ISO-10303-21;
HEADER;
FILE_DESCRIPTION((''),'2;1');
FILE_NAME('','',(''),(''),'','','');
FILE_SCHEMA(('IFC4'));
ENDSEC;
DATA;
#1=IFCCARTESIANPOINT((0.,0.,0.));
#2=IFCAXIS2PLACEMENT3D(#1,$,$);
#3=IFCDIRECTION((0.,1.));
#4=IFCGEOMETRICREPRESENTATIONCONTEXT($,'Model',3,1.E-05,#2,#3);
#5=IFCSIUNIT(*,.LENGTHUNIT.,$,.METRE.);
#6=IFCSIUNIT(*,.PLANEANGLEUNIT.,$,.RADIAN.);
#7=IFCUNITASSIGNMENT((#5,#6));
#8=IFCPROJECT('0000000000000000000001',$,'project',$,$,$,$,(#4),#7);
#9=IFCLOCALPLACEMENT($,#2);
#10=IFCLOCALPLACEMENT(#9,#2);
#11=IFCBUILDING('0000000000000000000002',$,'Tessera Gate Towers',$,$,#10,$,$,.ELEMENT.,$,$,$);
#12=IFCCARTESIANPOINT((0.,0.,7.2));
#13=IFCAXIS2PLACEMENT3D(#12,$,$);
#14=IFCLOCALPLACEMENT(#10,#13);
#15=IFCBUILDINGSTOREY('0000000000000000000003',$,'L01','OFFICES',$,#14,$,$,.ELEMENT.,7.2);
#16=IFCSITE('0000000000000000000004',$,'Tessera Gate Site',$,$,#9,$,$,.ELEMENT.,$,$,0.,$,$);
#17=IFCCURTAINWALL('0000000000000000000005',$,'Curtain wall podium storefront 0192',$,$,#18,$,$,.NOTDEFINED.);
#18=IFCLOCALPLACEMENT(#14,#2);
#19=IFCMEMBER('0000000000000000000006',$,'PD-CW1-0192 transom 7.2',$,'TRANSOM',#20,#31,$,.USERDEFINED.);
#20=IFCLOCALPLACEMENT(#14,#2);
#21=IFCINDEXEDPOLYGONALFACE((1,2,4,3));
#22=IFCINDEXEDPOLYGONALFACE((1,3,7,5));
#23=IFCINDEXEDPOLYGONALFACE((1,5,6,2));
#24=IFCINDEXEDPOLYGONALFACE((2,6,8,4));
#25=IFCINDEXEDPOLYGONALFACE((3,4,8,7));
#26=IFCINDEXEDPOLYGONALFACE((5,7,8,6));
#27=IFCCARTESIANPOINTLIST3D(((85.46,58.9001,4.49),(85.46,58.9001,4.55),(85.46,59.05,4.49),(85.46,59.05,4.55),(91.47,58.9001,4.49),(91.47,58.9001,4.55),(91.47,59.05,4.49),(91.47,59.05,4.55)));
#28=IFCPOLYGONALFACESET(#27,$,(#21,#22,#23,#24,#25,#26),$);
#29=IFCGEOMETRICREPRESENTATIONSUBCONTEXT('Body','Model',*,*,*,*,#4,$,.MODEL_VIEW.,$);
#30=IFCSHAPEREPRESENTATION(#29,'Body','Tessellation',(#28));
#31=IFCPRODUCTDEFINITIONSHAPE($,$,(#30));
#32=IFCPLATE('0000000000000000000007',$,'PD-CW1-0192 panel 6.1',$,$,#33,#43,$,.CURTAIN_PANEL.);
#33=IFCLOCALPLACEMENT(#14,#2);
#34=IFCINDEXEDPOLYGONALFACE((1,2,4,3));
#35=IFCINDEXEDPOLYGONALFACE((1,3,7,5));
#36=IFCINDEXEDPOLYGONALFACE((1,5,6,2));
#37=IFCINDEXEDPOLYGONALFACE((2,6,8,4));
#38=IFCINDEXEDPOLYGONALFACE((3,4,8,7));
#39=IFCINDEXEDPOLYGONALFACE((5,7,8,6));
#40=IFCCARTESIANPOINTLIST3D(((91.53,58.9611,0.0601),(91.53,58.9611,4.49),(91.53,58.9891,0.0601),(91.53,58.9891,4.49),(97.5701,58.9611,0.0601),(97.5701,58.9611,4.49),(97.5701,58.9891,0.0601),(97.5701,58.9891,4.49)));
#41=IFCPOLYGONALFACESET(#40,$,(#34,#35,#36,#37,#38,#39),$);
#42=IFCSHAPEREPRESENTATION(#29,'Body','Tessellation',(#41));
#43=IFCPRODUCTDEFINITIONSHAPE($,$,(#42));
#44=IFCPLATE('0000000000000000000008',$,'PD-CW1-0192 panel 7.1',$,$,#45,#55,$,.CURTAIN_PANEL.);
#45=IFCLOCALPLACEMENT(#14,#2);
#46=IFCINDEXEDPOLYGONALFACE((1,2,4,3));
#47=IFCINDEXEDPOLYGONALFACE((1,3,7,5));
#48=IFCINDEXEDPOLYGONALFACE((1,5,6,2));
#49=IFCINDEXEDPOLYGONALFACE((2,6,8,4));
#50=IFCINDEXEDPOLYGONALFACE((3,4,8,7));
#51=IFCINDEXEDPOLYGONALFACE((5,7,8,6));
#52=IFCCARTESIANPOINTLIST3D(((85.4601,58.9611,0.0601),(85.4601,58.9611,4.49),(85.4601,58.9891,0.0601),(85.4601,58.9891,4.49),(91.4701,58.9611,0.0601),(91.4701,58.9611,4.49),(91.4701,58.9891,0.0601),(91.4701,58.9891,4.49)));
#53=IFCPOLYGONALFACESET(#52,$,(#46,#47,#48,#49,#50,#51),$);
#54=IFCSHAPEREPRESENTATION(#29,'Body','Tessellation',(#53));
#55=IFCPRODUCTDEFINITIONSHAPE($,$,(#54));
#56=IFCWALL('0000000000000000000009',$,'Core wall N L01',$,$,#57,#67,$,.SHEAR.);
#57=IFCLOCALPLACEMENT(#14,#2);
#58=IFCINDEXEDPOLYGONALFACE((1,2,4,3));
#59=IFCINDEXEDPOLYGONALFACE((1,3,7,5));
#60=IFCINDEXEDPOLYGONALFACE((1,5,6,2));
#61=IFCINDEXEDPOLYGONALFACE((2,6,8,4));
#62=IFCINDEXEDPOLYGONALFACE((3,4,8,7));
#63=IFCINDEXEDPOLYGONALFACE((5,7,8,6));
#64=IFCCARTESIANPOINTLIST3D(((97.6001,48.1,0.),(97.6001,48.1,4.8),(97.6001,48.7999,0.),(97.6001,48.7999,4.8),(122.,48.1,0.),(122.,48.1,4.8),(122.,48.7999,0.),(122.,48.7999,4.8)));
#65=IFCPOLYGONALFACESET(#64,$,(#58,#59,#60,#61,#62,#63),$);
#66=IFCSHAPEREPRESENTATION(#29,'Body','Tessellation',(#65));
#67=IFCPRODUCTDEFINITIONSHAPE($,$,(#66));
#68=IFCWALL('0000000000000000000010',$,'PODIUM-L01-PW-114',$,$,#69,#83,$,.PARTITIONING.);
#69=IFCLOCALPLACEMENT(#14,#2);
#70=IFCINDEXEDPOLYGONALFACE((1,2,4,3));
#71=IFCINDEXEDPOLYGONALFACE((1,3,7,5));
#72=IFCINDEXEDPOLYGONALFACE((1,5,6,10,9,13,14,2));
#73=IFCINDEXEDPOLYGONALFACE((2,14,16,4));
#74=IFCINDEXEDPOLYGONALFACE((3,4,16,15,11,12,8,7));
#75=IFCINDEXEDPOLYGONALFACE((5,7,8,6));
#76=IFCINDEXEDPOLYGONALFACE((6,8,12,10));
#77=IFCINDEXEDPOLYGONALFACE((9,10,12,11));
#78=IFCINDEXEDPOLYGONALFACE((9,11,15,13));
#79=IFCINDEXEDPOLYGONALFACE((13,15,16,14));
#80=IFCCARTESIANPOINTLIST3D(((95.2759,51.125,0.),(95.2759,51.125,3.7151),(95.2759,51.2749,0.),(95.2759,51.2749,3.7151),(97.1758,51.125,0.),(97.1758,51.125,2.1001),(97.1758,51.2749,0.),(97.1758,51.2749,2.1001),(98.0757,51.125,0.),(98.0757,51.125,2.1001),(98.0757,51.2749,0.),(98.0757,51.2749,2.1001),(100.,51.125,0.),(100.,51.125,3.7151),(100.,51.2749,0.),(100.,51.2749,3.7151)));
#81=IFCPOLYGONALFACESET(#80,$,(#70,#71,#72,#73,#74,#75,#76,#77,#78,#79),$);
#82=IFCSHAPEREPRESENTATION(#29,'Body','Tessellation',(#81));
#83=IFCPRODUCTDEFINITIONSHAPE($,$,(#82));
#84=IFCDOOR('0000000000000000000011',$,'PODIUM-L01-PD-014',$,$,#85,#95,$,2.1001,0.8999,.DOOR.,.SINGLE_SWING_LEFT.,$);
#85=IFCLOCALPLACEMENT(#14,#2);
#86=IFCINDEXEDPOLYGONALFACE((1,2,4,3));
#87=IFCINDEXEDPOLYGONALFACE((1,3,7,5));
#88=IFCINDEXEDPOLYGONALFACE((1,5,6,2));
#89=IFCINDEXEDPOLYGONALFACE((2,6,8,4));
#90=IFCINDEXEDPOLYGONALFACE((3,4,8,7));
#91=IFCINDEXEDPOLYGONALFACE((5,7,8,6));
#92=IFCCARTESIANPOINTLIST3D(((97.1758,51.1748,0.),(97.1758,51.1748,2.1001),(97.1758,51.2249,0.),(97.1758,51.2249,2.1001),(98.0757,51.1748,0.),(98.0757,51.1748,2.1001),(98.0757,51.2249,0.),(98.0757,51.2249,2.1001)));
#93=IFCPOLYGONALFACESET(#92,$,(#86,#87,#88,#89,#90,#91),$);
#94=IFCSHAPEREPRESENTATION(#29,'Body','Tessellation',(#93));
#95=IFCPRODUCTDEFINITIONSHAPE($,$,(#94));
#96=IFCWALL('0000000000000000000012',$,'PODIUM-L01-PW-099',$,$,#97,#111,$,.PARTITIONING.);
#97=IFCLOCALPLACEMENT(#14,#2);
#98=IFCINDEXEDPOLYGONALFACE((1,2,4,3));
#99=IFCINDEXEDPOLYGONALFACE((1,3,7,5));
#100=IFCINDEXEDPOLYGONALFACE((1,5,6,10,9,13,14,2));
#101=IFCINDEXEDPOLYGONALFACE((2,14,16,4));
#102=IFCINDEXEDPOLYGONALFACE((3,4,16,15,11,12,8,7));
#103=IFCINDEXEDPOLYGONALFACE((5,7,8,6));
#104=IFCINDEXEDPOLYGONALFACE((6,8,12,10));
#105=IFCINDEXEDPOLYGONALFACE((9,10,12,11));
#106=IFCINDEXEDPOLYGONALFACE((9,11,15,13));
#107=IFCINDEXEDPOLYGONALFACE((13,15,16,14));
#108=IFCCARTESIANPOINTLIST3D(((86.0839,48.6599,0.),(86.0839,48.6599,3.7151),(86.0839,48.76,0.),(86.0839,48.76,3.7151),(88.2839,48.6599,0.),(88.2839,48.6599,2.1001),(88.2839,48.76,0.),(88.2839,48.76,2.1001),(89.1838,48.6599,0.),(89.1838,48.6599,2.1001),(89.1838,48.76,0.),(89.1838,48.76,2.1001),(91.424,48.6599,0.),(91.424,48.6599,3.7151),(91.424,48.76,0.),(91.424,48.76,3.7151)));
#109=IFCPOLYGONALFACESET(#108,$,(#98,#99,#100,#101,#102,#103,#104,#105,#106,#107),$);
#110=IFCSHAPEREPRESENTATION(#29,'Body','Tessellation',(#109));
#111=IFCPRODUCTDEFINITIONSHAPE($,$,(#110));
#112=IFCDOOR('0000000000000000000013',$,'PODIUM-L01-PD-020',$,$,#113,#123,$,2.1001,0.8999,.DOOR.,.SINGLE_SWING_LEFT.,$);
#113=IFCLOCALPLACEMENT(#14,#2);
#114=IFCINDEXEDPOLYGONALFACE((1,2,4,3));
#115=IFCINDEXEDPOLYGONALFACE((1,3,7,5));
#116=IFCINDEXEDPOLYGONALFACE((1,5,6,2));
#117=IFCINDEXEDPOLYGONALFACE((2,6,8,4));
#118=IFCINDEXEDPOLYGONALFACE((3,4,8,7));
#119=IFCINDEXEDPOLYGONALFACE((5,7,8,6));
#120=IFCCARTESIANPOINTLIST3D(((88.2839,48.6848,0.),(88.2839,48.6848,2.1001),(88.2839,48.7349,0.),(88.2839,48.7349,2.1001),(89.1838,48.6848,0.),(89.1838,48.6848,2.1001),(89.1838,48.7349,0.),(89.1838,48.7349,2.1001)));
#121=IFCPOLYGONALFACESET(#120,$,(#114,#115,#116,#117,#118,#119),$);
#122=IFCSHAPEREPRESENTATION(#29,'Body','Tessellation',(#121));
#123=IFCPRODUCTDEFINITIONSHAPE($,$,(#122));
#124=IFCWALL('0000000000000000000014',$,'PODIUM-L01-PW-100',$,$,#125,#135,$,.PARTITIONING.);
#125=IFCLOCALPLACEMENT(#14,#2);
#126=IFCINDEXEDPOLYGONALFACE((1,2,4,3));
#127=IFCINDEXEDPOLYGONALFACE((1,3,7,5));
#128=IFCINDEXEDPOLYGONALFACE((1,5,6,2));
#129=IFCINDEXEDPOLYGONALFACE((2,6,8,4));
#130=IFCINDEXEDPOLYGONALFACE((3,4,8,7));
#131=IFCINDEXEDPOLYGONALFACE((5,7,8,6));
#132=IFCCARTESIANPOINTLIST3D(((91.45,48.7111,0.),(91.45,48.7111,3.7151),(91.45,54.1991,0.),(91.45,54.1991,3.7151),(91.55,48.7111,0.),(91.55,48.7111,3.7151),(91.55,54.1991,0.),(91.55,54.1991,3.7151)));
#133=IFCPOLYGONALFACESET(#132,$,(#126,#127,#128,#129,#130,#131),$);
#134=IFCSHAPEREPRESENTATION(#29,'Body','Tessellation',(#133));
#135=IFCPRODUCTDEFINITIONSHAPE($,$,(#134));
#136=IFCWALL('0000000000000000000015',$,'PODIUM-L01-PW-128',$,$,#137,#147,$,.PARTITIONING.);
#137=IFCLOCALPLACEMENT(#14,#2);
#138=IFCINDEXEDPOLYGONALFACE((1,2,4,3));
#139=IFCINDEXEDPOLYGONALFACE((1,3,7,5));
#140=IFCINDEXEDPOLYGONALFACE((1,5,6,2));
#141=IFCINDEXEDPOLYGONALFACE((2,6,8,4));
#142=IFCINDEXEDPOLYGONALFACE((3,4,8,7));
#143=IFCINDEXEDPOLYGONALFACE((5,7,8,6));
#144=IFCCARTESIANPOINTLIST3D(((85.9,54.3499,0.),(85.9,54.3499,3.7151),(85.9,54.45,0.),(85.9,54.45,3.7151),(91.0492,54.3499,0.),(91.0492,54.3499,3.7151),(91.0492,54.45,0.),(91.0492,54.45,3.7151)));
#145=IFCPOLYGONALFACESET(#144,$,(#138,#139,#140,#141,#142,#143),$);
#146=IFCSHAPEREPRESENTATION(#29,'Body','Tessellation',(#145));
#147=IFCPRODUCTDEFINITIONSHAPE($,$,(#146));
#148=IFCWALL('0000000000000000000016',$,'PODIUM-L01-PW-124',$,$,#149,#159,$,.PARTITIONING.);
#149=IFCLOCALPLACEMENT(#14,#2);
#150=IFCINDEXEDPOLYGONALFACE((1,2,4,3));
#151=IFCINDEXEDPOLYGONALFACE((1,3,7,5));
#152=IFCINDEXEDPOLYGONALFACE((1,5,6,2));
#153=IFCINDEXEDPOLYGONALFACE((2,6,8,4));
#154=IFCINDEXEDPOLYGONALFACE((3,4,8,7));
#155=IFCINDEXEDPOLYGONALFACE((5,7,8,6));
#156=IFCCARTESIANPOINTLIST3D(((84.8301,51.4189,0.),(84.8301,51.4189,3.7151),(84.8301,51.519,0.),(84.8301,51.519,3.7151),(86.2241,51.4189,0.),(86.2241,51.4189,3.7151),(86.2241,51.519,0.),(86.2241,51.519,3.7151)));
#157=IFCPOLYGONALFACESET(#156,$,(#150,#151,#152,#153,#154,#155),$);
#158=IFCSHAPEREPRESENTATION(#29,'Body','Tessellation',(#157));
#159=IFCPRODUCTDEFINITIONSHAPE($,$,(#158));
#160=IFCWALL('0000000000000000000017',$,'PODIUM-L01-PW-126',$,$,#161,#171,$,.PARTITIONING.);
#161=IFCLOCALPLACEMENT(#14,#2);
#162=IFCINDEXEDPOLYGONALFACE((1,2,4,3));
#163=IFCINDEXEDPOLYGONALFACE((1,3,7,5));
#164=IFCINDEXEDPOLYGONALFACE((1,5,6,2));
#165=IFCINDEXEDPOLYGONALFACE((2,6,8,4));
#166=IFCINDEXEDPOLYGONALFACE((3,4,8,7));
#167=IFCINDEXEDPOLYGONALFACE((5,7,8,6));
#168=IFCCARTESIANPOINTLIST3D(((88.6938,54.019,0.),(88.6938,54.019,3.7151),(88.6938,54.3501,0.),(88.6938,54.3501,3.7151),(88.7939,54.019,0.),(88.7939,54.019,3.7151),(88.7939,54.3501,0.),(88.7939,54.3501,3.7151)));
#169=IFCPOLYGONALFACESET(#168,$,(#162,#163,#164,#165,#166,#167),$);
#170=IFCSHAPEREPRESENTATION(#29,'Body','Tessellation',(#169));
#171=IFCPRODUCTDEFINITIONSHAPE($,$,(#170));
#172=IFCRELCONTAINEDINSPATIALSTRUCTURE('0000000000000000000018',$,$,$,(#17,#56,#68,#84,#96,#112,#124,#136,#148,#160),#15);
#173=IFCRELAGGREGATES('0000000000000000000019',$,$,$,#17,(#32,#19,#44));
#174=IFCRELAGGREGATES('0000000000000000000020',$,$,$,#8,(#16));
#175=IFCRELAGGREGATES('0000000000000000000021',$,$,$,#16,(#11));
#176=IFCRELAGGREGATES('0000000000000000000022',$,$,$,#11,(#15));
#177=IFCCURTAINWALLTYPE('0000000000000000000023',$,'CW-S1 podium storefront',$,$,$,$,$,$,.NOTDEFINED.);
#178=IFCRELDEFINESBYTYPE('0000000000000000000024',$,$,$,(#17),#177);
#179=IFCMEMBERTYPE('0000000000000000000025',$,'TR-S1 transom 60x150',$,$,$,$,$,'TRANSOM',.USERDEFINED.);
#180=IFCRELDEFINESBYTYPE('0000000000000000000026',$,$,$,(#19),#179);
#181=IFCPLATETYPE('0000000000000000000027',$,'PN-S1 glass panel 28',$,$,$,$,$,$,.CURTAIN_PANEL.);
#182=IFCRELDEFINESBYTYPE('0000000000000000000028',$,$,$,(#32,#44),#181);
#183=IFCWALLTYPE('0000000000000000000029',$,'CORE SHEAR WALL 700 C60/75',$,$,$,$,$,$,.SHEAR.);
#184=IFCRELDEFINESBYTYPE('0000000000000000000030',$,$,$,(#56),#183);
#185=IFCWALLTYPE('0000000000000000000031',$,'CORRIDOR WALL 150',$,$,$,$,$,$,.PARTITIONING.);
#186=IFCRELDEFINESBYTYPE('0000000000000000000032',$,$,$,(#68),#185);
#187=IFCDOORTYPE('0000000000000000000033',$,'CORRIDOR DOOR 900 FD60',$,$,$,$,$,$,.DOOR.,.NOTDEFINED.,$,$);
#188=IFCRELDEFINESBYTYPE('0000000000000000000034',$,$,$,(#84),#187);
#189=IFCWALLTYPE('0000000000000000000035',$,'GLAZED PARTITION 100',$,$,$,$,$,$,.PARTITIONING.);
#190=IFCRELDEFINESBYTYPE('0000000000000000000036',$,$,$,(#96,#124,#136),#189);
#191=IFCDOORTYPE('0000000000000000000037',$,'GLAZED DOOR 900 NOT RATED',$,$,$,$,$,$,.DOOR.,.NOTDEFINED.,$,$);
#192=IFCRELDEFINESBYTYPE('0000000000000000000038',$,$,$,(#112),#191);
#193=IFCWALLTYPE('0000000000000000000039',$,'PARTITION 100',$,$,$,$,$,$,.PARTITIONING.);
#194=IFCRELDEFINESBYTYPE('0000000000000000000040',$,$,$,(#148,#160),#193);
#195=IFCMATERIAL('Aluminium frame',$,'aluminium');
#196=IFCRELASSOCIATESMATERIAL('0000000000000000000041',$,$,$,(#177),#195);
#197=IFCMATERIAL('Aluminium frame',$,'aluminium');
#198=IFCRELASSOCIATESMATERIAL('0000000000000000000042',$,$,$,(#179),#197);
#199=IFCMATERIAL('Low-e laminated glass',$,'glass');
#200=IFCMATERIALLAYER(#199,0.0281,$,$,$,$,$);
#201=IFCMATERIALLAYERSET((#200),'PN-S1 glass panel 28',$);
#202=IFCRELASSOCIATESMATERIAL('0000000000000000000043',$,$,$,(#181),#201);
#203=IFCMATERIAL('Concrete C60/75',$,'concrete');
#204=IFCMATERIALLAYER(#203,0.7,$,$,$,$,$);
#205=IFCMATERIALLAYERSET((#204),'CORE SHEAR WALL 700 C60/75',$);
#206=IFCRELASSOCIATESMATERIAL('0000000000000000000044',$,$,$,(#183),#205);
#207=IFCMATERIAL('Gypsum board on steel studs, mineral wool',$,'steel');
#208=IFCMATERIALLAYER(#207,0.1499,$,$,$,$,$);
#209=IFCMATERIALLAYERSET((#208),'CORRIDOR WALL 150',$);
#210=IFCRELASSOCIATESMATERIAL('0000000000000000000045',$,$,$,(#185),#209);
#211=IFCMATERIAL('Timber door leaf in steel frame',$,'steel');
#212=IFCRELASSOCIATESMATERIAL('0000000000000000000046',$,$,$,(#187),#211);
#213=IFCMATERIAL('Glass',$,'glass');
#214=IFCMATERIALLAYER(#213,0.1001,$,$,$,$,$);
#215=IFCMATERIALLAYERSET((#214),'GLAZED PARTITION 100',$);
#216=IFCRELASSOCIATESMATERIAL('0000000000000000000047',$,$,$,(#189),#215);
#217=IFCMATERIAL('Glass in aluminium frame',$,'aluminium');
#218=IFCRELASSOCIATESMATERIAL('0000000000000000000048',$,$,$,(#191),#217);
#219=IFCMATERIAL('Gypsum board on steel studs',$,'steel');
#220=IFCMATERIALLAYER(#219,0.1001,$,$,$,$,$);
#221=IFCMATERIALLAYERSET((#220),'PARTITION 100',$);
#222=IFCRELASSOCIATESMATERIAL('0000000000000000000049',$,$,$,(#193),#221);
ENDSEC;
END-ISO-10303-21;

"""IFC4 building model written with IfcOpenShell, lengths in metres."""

from ifc_helpers import new_model, si_unit, direction, frame, frame_2d, origin, origin_2d, place, context, subcontext, project, spatial, rectangle, extrude, source, transform, mapped, material, layer, layer_set, material_profile, profile_set, type_object, element, fill, aggregate, save


model = new_model("IFC4")

# Units and contexts
model_context = context("Model", 3, precision=1e-05, world=origin(), true_north=direction((0.0, 1.0)))
body_context = subcontext(model_context, "Body", "Model", "MODEL_VIEW")
ifc_project = project(units=[si_unit("LENGTHUNIT", "METRE"), si_unit("PLANEANGLEUNIT", "RADIAN")], contexts=[model_context])

# Site, building, storey
site_placement = place(None, origin())
site = spatial("IfcSite", under=ifc_project, at=site_placement, Name="Tessera Gate Site", CompositionType="ELEMENT", RefElevation=0.0)
building_placement = place(site_placement, origin())
building = spatial("IfcBuilding", under=site, at=building_placement, Name="Tessera Gate Towers", CompositionType="ELEMENT")
storey_placement = place(building_placement, frame((0.0, 0.0, 7.2)))
storey = spatial("IfcBuildingStorey", under=building, at=storey_placement, Name="L01", Description="OFFICES", CompositionType="ELEMENT", Elevation=7.2)

# Curtain wall, member, plates
ifc_material_1 = material(Name="Aluminium frame", Category="aluminium")
curtain_wall_type = type_object("IfcCurtainWallType", Name="CW-S1 podium storefront", PredefinedType="NOTDEFINED", material=ifc_material_1)
curtain_wall_placement = place(storey_placement, origin())
curtain_wall = element("IfcCurtainWall", 1, at=curtain_wall_placement, inside=storey, type_object=curtain_wall_type, Name="Curtain wall podium storefront 0192", PredefinedType="NOTDEFINED")
ifc_material_2 = material(Name="Aluminium frame", Category="aluminium")
ifc_material_profile_1 = material_profile(ifc_material_2, rectangle(XDim=0.1499, YDim=0.0601, at=origin_2d()), Name="AL 60x150")
ifc_profile_set_1 = profile_set([ifc_material_profile_1], Name="Aluminium frame")
member_type_1 = type_object("IfcMemberType", Name="TR-S1 transom 60x150", ElementType="TRANSOM", PredefinedType="USERDEFINED", material=ifc_profile_set_1)
member_1_placement = place(storey_placement, frame((91.47, 58.9751, 4.52), z_axis=(-1.0, 0.0, 0.0), x_axis=(0.0, -1.0, 0.0)))
member_1 = element("IfcMember", 2, at=member_1_placement, type_object=member_type_1, Name="PD-CW1-0192 transom 7.2", ObjectType="TRANSOM", PredefinedType="USERDEFINED", context=body_context, shape_type="SweptSolid", body=[
    extrude(rectangle(XDim=0.1499, YDim=0.0601, at=origin_2d()), origin(), (0.0, 0.0, 1.0), 6.01),
])
ifc_material_3 = material(Name="Low-e laminated glass", Category="glass")
ifc_layer_1 = layer(ifc_material_3, 0.0281)
ifc_layer_set_1 = layer_set([ifc_layer_1], Name="PN-S1 glass panel 28")
plate_type = type_object("IfcPlateType", Name="PN-S1 glass panel 28", PredefinedType="CURTAIN_PANEL", material=ifc_layer_set_1)
plate_1_placement = place(storey_placement, frame((94.55, 58.9751, 0.0601), z_axis=(0.0, 0.0, 1.0), x_axis=(-1.0, 0.0, 0.0)))
plate_1 = element("IfcPlate", 3, at=plate_1_placement, type_object=plate_type, Name="PD-CW1-0192 panel 6.1", PredefinedType="CURTAIN_PANEL", context=body_context, shape_type="SweptSolid", body=[
    extrude(rectangle(XDim=6.04, YDim=0.0281, at=origin_2d()), origin(), (0.0, 0.0, 1.0), 4.4299),
])
plate_2_placement = place(storey_placement, frame((88.4651, 58.9751, 0.0601), z_axis=(0.0, 0.0, 1.0), x_axis=(-1.0, 0.0, 0.0)))
plate_2 = element("IfcPlate", 4, at=plate_2_placement, type_object=plate_type, Name="PD-CW1-0192 panel 7.1", PredefinedType="CURTAIN_PANEL", context=body_context, shape_type="SweptSolid", body=[
    extrude(rectangle(XDim=6.01, YDim=0.0281, at=origin_2d()), origin(), (0.0, 0.0, 1.0), 4.4299),
])
aggregate(curtain_wall, [plate_1, member_1, plate_2])

# Wall
ifc_material_4 = material(Name="Concrete C60/75", Category="concrete")
ifc_layer_2 = layer(ifc_material_4, 0.7)
ifc_layer_set_2 = layer_set([ifc_layer_2], Name="CORE SHEAR WALL 700 C60/75")
wall_type_1 = type_object("IfcWallType", Name="CORE SHEAR WALL 700 C60/75", PredefinedType="SHEAR", material=ifc_layer_set_2)
wall_1_placement = place(storey_placement, frame((97.6001, 48.45, 0.0), z_axis=(0.0, 0.0, 1.0), x_axis=(1.0, 0.0, 0.0)))
element("IfcWall", 5, at=wall_1_placement, inside=storey, type_object=wall_type_1, Name="Core wall N L01", PredefinedType="SHEAR", context=body_context, shape_type="SweptSolid", body=[
    extrude(rectangle(XDim=24.3999, YDim=0.7, at=frame_2d((12.2, 0.0))), origin(), (0.0, 0.0, 1.0), 4.8),
])

# Walls, openings, doors
ifc_material_5 = material(Name="Gypsum board on steel studs, mineral wool", Category="steel")
ifc_layer_3 = layer(ifc_material_5, 0.1499)
ifc_layer_set_3 = layer_set([ifc_layer_3], Name="CORRIDOR WALL 150")
wall_type_2 = type_object("IfcWallType", Name="CORRIDOR WALL 150", PredefinedType="PARTITIONING", material=ifc_layer_set_3)
wall_2_placement = place(storey_placement, frame((95.2759, 51.2, 0.0), z_axis=(0.0, 0.0, 1.0), x_axis=(1.0, 0.0, 0.0)))
wall_2 = element("IfcWall", 6, at=wall_2_placement, inside=storey, type_object=wall_type_2, Name="PODIUM-L01-PW-114", PredefinedType="PARTITIONING", context=body_context, shape_type="SweptSolid", body=[
    extrude(rectangle(XDim=4.7241, YDim=0.1499, at=frame_2d((2.3621, 0.0))), origin(), (0.0, 0.0, 1.0), 3.7151),
])
shared_shape_1 = source(origin(), body_context, "Body", "SweptSolid", [
    extrude(rectangle(XDim=0.8999, YDim=2.1001, at=frame_2d((0.45, 1.05))), frame((0.0, 0.085, 0.0), z_axis=(0.0, -1.0, 0.0), x_axis=(1.0, 0.0, 0.0)), (0.0, 0.0, 1.0), 0.1699),
])
opening_1_placement = place(wall_2_placement, frame((1.8999, 0.0, 0.0)))
opening_1 = element("IfcOpeningElement", 7, at=opening_1_placement, cuts=wall_2, PredefinedType="OPENING", context=body_context, shape_type="MappedRepresentation", body=[
    mapped(shared_shape_1, transform((0.0, 0.0, 0.0), scale=1.0)),
])
ifc_material_6 = material(Name="Timber door leaf in steel frame", Category="steel")
door_type_1 = type_object("IfcDoorType", Name="CORRIDOR DOOR 900 FD60", OperationType="NOTDEFINED", PredefinedType="DOOR", material=ifc_material_6)
shared_shape_2 = source(origin(), body_context, "Body", "SweptSolid", [
    extrude(rectangle(XDim=0.8999, YDim=2.1001, at=frame_2d((0.45, 1.05))), frame((0.0, 0.0249, 0.0), z_axis=(0.0, -1.0, 0.0), x_axis=(1.0, 0.0, 0.0)), (0.0, 0.0, 1.0), 0.05),
])
door_1_placement = place(opening_1_placement, origin())
door_1 = element("IfcDoor", 8, at=door_1_placement, inside=storey, type_object=door_type_1, Name="PODIUM-L01-PD-014", OperationType="SINGLE_SWING_LEFT", OverallHeight=2.1001, OverallWidth=0.8999, PredefinedType="DOOR", context=body_context, shape_type="MappedRepresentation", body=[
    mapped(shared_shape_2, transform((0.0, 0.0, 0.0), scale=1.0)),
])
fill(opening_1, door_1)
ifc_material_7 = material(Name="Glass", Category="glass")
ifc_layer_4 = layer(ifc_material_7, 0.1001)
ifc_layer_set_4 = layer_set([ifc_layer_4], Name="GLAZED PARTITION 100")
wall_type_3 = type_object("IfcWallType", Name="GLAZED PARTITION 100", PredefinedType="PARTITIONING", material=ifc_layer_set_4)
wall_3_placement = place(storey_placement, frame((86.084, 48.71, 0.0), z_axis=(0.0, 0.0, 1.0), x_axis=(1.0, 0.0, 0.0)))
wall_3 = element("IfcWall", 9, at=wall_3_placement, inside=storey, type_object=wall_type_3, Name="PODIUM-L01-PW-099", PredefinedType="PARTITIONING", context=body_context, shape_type="SweptSolid", body=[
    extrude(rectangle(XDim=5.3401, YDim=0.1001, at=frame_2d((2.6699, 0.0))), origin(), (0.0, 0.0, 1.0), 3.7151),
])
shared_shape_3 = source(origin(), body_context, "Body", "SweptSolid", [
    extrude(rectangle(XDim=0.8999, YDim=2.1001, at=frame_2d((0.45, 1.05))), frame((0.0, 0.0601, 0.0), z_axis=(0.0, -1.0, 0.0), x_axis=(1.0, 0.0, 0.0)), (0.0, 0.0, 1.0), 0.1201),
])
opening_2_placement = place(wall_3_placement, frame((2.2, 0.0, 0.0)))
opening_2 = element("IfcOpeningElement", 10, at=opening_2_placement, cuts=wall_3, PredefinedType="OPENING", context=body_context, shape_type="MappedRepresentation", body=[
    mapped(shared_shape_3, transform((0.0, 0.0, 0.0), scale=1.0)),
])
ifc_material_8 = material(Name="Glass in aluminium frame", Category="aluminium")
door_type_2 = type_object("IfcDoorType", Name="GLAZED DOOR 900 NOT RATED", OperationType="NOTDEFINED", PredefinedType="DOOR", material=ifc_material_8)
door_2_placement = place(opening_2_placement, origin())
door_2 = element("IfcDoor", 11, at=door_2_placement, inside=storey, type_object=door_type_2, Name="PODIUM-L01-PD-020", OperationType="SINGLE_SWING_LEFT", OverallHeight=2.1001, OverallWidth=0.8999, PredefinedType="DOOR", context=body_context, shape_type="MappedRepresentation", body=[
    mapped(shared_shape_2, transform((0.0, 0.0, 0.0), scale=1.0)),
])
fill(opening_2, door_2)

# Walls
wall_4_placement = place(storey_placement, frame((91.5, 48.7109, 0.0), z_axis=(0.0, 0.0, 1.0), x_axis=(0.0, 1.0, 0.0)))
element("IfcWall", 12, at=wall_4_placement, inside=storey, type_object=wall_type_3, Name="PODIUM-L01-PW-100", PredefinedType="PARTITIONING", context=body_context, shape_type="SweptSolid", body=[
    extrude(rectangle(XDim=5.488, YDim=0.1001, at=frame_2d((2.7441, 0.0))), origin(), (0.0, 0.0, 1.0), 3.7151),
])
wall_5_placement = place(storey_placement, frame((85.8999, 54.3999, 0.0), z_axis=(0.0, 0.0, 1.0), x_axis=(1.0, 0.0, 0.0)))
element("IfcWall", 13, at=wall_5_placement, inside=storey, type_object=wall_type_3, Name="PODIUM-L01-PW-128", PredefinedType="PARTITIONING", context=body_context, shape_type="SweptSolid", body=[
    extrude(rectangle(XDim=5.1492, YDim=0.1001, at=frame_2d((2.5747, 0.0))), origin(), (0.0, 0.0, 1.0), 3.7151),
])
ifc_material_9 = material(Name="Gypsum board on steel studs", Category="steel")
ifc_layer_5 = layer(ifc_material_9, 0.1001)
ifc_layer_set_5 = layer_set([ifc_layer_5], Name="PARTITION 100")
wall_type_4 = type_object("IfcWallType", Name="PARTITION 100", PredefinedType="PARTITIONING", material=ifc_layer_set_5)
wall_6_placement = place(storey_placement, frame((86.2241, 51.469, 0.0), z_axis=(0.0, 0.0, 1.0), x_axis=(-1.0, 0.0, 0.0)))
element("IfcWall", 14, at=wall_6_placement, inside=storey, type_object=wall_type_4, Name="PODIUM-L01-PW-124", PredefinedType="PARTITIONING", context=body_context, shape_type="SweptSolid", body=[
    extrude(rectangle(XDim=1.394, YDim=0.1001, at=frame_2d((0.697, 0.0))), origin(), (0.0, 0.0, 1.0), 3.7151),
])
wall_7_placement = place(storey_placement, frame((88.7439, 54.019, 0.0), z_axis=(0.0, 0.0, 1.0), x_axis=(0.0, 1.0, 0.0)))
element("IfcWall", 15, at=wall_7_placement, inside=storey, type_object=wall_type_4, Name="PODIUM-L01-PW-126", PredefinedType="PARTITIONING", context=body_context, shape_type="SweptSolid", body=[
    extrude(rectangle(XDim=0.3311, YDim=0.1001, at=frame_2d((0.1655, 0.0))), origin(), (0.0, 0.0, 1.0), 3.7151),
])

save(model, "model.ifc")
